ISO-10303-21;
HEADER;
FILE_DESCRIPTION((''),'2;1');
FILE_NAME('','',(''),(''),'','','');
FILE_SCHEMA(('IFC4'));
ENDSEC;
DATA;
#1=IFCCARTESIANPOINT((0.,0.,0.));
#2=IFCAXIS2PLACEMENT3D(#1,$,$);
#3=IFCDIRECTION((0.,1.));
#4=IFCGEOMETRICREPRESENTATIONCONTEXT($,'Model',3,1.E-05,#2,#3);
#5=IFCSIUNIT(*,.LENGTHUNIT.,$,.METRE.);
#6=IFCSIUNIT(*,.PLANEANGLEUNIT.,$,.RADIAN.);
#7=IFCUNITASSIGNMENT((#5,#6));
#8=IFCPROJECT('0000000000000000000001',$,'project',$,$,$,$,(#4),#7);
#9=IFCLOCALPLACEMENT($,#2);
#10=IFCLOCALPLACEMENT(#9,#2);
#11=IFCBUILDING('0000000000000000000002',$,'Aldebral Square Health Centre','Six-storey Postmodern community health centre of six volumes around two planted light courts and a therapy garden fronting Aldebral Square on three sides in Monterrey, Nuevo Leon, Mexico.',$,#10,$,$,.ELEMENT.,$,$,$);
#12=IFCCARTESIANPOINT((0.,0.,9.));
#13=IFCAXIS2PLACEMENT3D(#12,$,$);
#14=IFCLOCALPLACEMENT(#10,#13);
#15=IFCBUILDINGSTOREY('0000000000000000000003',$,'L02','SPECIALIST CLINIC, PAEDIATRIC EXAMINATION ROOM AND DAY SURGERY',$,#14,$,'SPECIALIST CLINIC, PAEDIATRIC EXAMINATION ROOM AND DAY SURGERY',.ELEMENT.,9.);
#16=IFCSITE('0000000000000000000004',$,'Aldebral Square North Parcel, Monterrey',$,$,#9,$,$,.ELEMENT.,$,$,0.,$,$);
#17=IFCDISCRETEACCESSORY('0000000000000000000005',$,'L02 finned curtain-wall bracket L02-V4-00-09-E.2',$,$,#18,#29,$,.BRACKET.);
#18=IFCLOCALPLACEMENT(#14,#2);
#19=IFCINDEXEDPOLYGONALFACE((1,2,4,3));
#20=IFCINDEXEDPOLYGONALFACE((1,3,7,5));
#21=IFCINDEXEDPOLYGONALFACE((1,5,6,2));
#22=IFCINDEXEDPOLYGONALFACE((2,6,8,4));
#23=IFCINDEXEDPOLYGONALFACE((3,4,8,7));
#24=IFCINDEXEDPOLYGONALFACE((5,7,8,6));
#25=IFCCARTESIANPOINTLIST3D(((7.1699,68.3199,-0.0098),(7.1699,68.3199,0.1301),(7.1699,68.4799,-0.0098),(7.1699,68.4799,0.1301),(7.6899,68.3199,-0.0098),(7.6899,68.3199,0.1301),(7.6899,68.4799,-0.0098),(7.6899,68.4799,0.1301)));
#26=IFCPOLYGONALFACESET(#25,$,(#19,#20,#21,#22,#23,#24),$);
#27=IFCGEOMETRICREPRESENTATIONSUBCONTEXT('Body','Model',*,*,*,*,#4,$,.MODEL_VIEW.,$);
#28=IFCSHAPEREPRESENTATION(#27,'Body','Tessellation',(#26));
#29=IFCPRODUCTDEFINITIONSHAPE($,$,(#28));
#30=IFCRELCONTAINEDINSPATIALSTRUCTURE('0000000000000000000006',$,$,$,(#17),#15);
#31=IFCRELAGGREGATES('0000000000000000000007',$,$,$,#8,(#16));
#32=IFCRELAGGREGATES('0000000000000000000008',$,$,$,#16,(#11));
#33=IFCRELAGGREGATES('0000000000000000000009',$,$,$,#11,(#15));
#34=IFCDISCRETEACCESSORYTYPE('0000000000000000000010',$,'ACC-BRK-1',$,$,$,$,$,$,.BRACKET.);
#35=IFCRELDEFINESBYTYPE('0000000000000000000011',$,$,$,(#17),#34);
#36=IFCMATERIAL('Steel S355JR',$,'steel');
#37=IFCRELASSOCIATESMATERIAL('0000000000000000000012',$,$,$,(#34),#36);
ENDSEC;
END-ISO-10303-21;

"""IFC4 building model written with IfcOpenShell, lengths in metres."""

from ifc_helpers import new_model, si_unit, direction, frame, origin, origin_2d, place, context, subcontext, project, spatial, rectangle, extrude, material, type_object, element, save


model = new_model("IFC4")

# Units and contexts
model_context = context("Model", 3, precision=1e-05, world=origin(), true_north=direction((0.0, 1.0)))
body_context = subcontext(model_context, "Body", "Model", "MODEL_VIEW")
ifc_project = project(units=[si_unit("LENGTHUNIT", "METRE"), si_unit("PLANEANGLEUNIT", "RADIAN")], contexts=[model_context])

# Site, building, storey
site_placement = place(None, origin())
site = spatial("IfcSite", under=ifc_project, at=site_placement, Name="Aldebral Square North Parcel, Monterrey", CompositionType="ELEMENT", RefElevation=0.0)
building_placement = place(site_placement, origin())
building = spatial("IfcBuilding", under=site, at=building_placement, Name="Aldebral Square Health Centre", Description="Six-storey Postmodern community health centre of six volumes around two planted light courts and a therapy garden fronting Aldebral Square on three sides in Monterrey, Nuevo Leon, Mexico.", CompositionType="ELEMENT")
storey_placement = place(building_placement, frame((0.0, 0.0, 9.0)))
storey = spatial("IfcBuildingStorey", under=building, at=storey_placement, Name="L02", Description="SPECIALIST CLINIC, PAEDIATRIC EXAMINATION ROOM AND DAY SURGERY", LongName="SPECIALIST CLINIC, PAEDIATRIC EXAMINATION ROOM AND DAY SURGERY", CompositionType="ELEMENT", Elevation=9.0)

# Discrete accessory
ifc_material_1 = material(Name="Steel S355JR", Category="steel")
discrete_accessory_type = type_object("IfcDiscreteAccessoryType", Name="ACC-BRK-1", PredefinedType="BRACKET", material=ifc_material_1)
for number, where, z_axis, x_axis, name in (
    (1, (7.4299, 68.3999, -0.0098), (0.0, 0.0, 1.0), (0.0, 1.0, 0.0), "L02 finned curtain-wall bracket L02-V4-00-09-E.2"),
):
    element("IfcDiscreteAccessory", number, at=place(storey_placement, frame(where, z_axis=z_axis, x_axis=x_axis)), inside=storey, type_object=discrete_accessory_type, Name=name, PredefinedType="BRACKET", context=body_context, shape_type="SweptSolid", body=[
        extrude(rectangle(XDim=0.1599, YDim=0.52, at=origin_2d()), origin(), (0.0, 0.0, 1.0), 0.1399),
    ])

save(model, "model.ifc")
